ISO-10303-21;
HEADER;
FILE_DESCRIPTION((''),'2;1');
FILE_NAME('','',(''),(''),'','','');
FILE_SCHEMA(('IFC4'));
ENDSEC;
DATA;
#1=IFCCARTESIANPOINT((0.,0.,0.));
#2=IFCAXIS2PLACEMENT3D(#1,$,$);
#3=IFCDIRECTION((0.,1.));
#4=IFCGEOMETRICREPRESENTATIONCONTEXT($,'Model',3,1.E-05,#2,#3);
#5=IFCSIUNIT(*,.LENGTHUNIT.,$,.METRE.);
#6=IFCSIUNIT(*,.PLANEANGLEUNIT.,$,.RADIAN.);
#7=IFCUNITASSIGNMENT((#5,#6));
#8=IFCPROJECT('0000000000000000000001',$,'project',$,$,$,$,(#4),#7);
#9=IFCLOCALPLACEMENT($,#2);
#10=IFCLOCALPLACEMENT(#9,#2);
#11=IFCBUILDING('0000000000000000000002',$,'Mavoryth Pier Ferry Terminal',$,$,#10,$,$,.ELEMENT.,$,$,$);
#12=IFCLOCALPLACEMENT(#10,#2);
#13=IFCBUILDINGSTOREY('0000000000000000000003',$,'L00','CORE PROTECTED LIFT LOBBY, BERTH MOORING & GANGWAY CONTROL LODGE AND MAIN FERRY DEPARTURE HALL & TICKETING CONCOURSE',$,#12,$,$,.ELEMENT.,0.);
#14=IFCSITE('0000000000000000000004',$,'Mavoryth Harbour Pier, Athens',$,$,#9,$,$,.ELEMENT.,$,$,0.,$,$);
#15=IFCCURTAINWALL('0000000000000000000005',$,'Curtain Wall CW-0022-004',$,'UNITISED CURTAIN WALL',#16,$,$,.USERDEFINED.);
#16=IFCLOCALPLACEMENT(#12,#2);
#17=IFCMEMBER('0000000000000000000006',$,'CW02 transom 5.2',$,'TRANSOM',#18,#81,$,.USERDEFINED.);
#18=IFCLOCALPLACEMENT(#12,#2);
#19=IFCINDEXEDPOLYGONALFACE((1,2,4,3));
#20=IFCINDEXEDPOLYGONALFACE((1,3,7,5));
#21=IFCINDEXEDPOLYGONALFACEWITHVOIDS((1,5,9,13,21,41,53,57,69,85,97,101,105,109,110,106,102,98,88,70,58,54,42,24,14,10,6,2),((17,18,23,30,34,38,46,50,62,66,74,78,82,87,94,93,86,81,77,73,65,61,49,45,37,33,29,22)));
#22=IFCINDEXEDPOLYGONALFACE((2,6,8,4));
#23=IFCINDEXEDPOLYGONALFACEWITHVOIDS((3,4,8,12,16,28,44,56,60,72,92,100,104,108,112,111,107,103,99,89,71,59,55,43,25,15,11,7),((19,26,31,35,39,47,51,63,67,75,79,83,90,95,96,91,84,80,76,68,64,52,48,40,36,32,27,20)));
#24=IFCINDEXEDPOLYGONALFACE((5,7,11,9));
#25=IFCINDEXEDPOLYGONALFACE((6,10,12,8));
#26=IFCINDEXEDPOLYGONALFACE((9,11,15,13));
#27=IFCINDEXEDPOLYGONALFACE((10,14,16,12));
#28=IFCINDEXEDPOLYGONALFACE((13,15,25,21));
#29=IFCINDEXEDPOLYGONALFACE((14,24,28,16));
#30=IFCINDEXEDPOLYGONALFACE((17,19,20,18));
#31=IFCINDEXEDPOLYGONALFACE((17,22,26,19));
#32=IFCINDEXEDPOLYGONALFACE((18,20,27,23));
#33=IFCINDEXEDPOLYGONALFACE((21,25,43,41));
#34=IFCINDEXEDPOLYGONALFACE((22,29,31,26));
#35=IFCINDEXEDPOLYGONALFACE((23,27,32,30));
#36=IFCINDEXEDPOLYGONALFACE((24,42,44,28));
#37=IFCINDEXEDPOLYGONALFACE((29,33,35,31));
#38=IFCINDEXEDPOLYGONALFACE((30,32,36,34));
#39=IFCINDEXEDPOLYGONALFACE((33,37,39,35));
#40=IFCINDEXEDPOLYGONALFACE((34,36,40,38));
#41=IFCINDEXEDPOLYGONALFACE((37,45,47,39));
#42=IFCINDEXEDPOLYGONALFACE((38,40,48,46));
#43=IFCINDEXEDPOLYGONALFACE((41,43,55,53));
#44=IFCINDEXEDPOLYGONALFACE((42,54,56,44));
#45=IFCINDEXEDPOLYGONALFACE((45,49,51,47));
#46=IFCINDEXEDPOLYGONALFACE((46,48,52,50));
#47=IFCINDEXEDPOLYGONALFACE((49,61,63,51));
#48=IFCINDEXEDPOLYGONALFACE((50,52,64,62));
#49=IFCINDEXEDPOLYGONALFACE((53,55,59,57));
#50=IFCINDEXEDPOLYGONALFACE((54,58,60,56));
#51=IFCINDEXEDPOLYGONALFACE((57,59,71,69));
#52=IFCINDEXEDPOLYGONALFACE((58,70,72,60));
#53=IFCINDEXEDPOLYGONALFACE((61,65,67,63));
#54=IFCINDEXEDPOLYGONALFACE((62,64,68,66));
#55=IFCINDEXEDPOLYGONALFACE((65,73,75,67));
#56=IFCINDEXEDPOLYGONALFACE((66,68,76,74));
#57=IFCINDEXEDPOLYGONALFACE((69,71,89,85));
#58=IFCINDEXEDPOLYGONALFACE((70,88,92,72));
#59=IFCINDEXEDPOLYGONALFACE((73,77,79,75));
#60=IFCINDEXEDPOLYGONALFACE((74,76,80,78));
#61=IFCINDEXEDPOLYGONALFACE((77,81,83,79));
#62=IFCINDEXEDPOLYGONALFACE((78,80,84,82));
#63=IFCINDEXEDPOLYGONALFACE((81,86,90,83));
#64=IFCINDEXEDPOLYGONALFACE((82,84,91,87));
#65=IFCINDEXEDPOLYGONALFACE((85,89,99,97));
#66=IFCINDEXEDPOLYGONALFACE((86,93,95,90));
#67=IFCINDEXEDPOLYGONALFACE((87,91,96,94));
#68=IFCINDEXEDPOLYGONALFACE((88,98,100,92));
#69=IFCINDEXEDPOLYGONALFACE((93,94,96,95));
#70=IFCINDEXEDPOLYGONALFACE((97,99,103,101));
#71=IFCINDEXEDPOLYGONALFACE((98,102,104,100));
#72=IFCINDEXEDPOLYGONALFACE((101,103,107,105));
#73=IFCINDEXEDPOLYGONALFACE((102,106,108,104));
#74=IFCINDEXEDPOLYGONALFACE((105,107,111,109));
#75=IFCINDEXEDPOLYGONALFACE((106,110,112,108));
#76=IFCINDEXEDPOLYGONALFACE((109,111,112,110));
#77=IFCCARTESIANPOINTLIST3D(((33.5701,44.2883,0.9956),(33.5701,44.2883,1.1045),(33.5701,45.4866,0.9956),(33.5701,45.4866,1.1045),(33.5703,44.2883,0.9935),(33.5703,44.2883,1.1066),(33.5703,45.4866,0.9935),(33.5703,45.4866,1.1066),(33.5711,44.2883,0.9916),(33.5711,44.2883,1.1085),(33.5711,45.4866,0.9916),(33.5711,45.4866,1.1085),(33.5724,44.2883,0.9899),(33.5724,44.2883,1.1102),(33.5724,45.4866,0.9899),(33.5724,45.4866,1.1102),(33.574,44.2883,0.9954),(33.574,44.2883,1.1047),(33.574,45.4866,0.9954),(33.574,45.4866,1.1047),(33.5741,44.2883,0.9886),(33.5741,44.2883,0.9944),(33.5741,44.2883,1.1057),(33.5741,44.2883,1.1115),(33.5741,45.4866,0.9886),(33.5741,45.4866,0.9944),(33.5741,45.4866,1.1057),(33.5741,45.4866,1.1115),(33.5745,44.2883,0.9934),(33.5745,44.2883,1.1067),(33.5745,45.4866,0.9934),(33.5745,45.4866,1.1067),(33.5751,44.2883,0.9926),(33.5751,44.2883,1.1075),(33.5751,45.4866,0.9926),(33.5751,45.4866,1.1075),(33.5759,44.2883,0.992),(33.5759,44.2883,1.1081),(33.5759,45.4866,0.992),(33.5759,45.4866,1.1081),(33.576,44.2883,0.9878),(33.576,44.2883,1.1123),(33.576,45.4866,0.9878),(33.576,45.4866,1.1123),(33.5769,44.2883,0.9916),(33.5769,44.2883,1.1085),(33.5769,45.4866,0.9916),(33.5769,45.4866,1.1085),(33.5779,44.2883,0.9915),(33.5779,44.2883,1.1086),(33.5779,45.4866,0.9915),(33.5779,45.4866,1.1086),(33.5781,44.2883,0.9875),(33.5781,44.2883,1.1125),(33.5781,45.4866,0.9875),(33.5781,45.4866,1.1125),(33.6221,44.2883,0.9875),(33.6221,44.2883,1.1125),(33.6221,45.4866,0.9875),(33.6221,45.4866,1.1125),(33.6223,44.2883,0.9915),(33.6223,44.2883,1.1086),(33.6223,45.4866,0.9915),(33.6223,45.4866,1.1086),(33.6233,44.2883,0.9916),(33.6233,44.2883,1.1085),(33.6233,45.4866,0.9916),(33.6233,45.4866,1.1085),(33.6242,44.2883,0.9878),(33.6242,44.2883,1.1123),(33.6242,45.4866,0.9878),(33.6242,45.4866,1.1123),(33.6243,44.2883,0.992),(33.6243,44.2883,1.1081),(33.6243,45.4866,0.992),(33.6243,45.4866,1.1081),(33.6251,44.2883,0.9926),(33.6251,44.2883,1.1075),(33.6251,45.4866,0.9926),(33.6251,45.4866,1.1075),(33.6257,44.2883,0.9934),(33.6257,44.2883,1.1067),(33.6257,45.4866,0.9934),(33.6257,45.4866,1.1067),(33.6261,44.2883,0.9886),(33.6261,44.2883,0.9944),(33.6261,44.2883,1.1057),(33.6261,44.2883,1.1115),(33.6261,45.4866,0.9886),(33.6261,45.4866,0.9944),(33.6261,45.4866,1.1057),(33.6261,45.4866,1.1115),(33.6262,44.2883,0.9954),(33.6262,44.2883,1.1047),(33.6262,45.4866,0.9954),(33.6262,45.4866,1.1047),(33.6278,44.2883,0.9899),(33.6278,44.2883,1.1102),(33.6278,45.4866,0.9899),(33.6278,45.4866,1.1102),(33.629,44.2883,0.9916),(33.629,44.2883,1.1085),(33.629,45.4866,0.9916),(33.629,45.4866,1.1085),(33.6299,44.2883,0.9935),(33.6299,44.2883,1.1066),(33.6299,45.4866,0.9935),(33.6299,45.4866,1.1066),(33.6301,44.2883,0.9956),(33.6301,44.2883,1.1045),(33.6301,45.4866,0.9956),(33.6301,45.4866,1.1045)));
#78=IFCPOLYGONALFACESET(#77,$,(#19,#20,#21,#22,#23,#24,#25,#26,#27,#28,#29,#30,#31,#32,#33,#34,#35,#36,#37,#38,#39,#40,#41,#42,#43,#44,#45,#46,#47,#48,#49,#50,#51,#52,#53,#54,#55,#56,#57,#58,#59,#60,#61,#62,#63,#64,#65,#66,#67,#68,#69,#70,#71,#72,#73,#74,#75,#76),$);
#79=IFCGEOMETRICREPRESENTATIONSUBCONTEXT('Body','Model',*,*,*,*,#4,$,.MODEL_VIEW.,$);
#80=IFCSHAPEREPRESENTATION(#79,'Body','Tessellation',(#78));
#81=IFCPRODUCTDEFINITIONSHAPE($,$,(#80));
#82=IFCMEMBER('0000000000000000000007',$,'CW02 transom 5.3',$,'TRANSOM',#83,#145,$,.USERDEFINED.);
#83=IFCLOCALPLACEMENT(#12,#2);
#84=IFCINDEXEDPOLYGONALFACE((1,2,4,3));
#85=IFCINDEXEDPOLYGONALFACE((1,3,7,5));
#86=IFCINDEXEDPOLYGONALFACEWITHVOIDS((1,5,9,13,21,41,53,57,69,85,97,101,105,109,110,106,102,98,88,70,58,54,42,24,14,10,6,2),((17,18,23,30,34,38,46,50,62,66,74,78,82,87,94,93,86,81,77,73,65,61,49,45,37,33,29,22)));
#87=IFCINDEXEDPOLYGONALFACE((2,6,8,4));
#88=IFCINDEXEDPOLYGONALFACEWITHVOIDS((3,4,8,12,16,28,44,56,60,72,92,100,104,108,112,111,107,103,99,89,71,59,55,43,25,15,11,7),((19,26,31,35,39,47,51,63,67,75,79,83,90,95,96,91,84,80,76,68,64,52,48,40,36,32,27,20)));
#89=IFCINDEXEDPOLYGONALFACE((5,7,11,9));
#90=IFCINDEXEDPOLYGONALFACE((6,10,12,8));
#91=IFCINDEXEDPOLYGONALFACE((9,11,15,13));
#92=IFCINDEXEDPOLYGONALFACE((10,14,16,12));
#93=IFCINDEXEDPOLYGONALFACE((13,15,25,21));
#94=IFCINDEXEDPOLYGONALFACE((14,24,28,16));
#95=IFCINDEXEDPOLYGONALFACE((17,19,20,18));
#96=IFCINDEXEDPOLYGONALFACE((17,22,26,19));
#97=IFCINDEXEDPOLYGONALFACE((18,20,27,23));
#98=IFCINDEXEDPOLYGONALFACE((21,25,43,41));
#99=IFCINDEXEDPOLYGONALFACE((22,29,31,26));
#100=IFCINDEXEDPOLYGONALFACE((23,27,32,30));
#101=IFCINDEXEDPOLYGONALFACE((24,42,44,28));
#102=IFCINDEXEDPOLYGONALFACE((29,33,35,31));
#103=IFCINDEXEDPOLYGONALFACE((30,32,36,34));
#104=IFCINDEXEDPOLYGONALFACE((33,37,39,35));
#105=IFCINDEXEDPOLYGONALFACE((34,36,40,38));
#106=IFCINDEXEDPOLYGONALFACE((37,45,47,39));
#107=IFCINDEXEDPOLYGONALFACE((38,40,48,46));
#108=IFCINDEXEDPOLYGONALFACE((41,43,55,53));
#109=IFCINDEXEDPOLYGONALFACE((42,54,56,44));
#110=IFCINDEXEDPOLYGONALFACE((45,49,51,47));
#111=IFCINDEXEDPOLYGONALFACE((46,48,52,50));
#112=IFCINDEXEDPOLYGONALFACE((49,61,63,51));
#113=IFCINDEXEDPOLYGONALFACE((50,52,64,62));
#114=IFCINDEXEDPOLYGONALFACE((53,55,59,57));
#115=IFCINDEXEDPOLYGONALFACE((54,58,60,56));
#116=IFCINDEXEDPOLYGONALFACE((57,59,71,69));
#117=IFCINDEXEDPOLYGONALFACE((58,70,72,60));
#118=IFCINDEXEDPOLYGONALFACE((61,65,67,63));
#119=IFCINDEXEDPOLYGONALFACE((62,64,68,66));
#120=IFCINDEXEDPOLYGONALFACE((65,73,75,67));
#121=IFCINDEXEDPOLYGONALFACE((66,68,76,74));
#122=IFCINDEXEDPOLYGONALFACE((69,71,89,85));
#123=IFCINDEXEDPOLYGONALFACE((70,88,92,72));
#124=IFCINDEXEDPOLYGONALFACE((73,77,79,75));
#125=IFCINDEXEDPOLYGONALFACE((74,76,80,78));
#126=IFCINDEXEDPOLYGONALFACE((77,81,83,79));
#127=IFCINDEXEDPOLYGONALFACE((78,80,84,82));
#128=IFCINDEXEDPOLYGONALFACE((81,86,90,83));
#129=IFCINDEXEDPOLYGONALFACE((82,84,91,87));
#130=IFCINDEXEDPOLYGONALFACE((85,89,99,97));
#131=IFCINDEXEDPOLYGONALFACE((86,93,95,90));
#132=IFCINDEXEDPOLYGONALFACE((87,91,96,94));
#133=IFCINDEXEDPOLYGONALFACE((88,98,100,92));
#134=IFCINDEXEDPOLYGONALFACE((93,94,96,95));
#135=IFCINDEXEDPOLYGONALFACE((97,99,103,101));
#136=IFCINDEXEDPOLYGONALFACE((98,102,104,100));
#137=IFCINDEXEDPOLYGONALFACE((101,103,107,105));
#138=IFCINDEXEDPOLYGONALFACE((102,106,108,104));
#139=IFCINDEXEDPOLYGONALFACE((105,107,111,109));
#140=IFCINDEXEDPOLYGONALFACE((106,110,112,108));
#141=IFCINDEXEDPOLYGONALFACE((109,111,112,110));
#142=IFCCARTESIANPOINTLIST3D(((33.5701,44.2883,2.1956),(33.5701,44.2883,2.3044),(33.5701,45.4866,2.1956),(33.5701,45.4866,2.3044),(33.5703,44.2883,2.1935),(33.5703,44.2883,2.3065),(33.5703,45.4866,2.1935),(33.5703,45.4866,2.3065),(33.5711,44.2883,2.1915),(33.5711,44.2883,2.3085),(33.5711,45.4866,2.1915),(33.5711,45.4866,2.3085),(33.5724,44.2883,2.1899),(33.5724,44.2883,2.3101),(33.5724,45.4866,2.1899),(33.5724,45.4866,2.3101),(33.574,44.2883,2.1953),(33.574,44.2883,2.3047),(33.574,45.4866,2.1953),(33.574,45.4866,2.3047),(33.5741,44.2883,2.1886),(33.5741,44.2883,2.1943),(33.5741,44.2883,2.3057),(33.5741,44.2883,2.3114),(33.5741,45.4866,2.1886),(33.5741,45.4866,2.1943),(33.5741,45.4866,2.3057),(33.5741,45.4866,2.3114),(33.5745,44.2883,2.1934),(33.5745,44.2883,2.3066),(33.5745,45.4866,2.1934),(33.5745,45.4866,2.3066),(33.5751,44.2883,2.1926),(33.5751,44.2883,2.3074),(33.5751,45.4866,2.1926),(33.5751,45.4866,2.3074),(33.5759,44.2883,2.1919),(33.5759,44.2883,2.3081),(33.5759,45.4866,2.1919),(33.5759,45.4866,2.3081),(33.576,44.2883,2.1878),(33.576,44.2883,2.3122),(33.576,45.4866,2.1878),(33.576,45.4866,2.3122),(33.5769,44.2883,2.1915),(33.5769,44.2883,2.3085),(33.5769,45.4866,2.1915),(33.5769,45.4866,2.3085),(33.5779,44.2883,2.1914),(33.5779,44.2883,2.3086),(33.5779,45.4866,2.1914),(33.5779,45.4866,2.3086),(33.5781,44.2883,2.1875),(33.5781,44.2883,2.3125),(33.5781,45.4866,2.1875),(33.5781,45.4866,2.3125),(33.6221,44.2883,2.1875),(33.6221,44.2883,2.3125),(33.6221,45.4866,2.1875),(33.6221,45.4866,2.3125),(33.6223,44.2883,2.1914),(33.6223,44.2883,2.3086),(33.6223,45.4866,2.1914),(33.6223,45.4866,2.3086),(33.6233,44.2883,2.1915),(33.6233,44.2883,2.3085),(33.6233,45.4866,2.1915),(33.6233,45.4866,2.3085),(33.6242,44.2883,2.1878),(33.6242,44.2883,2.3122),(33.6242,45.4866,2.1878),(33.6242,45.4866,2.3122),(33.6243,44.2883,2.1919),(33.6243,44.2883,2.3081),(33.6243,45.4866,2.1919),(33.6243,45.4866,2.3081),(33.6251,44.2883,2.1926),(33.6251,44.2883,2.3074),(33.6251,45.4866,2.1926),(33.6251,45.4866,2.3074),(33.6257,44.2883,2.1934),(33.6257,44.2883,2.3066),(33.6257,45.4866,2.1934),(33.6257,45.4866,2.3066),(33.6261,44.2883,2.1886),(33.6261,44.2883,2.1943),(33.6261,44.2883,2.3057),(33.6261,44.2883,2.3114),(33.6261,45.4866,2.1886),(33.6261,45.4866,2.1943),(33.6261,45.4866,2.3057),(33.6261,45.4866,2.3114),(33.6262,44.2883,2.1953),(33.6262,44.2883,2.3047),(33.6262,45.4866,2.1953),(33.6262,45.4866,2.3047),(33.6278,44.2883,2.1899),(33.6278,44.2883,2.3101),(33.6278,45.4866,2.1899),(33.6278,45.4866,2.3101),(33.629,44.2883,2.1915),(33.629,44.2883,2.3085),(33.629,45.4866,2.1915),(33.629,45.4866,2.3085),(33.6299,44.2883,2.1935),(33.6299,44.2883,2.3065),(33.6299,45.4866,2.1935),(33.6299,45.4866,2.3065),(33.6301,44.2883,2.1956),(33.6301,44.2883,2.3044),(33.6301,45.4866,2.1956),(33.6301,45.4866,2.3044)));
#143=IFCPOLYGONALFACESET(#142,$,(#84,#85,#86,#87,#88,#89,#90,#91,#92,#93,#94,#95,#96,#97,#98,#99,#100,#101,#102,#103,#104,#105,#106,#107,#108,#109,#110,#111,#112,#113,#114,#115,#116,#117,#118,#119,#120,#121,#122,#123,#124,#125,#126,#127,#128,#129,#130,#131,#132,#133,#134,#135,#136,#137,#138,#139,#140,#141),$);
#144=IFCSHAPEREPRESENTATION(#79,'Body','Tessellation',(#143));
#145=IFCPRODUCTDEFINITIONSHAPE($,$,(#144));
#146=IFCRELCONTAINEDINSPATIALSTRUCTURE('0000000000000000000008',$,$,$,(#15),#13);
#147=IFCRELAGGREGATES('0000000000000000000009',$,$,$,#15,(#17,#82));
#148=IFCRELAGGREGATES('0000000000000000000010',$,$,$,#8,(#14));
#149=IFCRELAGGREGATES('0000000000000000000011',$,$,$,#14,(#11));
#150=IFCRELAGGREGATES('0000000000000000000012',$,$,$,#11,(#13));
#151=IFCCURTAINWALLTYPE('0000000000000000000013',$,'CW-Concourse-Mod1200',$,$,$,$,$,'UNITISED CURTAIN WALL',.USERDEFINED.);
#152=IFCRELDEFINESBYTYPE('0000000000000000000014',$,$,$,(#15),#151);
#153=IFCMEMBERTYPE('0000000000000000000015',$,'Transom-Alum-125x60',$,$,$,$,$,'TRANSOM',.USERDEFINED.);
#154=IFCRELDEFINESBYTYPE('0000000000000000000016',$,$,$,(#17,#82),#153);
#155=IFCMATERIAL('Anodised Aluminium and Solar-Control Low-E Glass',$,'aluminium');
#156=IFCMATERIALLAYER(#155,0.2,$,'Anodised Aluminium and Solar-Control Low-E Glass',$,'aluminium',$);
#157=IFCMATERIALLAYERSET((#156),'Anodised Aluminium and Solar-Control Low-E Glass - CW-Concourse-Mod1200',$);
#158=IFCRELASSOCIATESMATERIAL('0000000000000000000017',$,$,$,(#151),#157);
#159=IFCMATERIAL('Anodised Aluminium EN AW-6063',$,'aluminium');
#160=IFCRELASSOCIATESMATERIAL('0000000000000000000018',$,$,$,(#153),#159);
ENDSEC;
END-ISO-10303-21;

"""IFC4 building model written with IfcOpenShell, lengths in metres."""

from ifc_helpers import new_model, si_unit, direction, frame, origin, origin_2d, place, context, subcontext, project, spatial, hollow_rectangle, extrude, material, layer, layer_set, material_profile, profile_set, type_object, element, aggregate, save


model = new_model("IFC4")

# Units and contexts
model_context = context("Model", 3, precision=1e-05, world=origin(), true_north=direction((0.0, 1.0)))
body_context = subcontext(model_context, "Body", "Model", "MODEL_VIEW")
ifc_project = project(units=[si_unit("LENGTHUNIT", "METRE"), si_unit("PLANEANGLEUNIT", "RADIAN")], contexts=[model_context])

# Site, building, storey
site_placement = place(None, origin())
site = spatial("IfcSite", under=ifc_project, at=site_placement, Name="Mavoryth Harbour Pier, Athens", CompositionType="ELEMENT", RefElevation=0.0)
building_placement = place(site_placement, origin())
building = spatial("IfcBuilding", under=site, at=building_placement, Name="Mavoryth Pier Ferry Terminal", CompositionType="ELEMENT")
storey_placement = place(building_placement, origin())
storey = spatial("IfcBuildingStorey", under=building, at=storey_placement, Name="L00", Description="CORE PROTECTED LIFT LOBBY, BERTH MOORING & GANGWAY CONTROL LODGE AND MAIN FERRY DEPARTURE HALL & TICKETING CONCOURSE", CompositionType="ELEMENT", Elevation=0.0)

# Curtain wall, members
ifc_material_1 = material(Name="Anodised Aluminium and Solar-Control Low-E Glass", Category="aluminium")
ifc_layer_1 = layer(ifc_material_1, 0.2, Name="Anodised Aluminium and Solar-Control Low-E Glass", Category="aluminium")
ifc_layer_set_1 = layer_set([ifc_layer_1], Name="Anodised Aluminium and Solar-Control Low-E Glass - CW-Concourse-Mod1200")
curtain_wall_type = type_object("IfcCurtainWallType", Name="CW-Concourse-Mod1200", ElementType="UNITISED CURTAIN WALL", PredefinedType="USERDEFINED", material=ifc_layer_set_1)
curtain_wall_placement = place(storey_placement, origin())
curtain_wall = element("IfcCurtainWall", 1, at=curtain_wall_placement, inside=storey, type_object=curtain_wall_type, Name="Curtain Wall CW-0022-004", ObjectType="UNITISED CURTAIN WALL", PredefinedType="USERDEFINED")
ifc_material_2 = material(Name="Anodised Aluminium EN AW-6063", Category="aluminium")
ifc_material_profile_1 = material_profile(ifc_material_2, hollow_rectangle(XDim=0.0601, YDim=0.125, WallThickness=0.0039, InnerFilletRadius=0.0039, OuterFilletRadius=0.0081, at=origin_2d()), Name="AL-TRAN 125x60x4", Category="aluminium")
ifc_profile_set_1 = profile_set([ifc_material_profile_1], Name="Anodised Aluminium EN AW-6063 - AL-TRAN 125x60x4")
member_type_1 = type_object("IfcMemberType", Name="Transom-Alum-125x60", ElementType="TRANSOM", PredefinedType="USERDEFINED", material=ifc_profile_set_1)
member_1_placement = place(storey_placement, frame((33.6001, 44.2883, 1.05), z_axis=(0.0, 1.0, 0.0), x_axis=(-1.0, 0.0, 0.0)))
member_1 = element("IfcMember", 2, at=member_1_placement, type_object=member_type_1, Name="CW02 transom 5.2", ObjectType="TRANSOM", PredefinedType="USERDEFINED", context=body_context, shape_type="SweptSolid", body=[
    extrude(hollow_rectangle(XDim=0.0601, YDim=0.125, WallThickness=0.0039, InnerFilletRadius=0.0039, OuterFilletRadius=0.0081, at=origin_2d()), origin(), (0.0, 0.0, 1.0), 1.1982),
])
member_2_placement = place(storey_placement, frame((33.6001, 44.2883, 2.25), z_axis=(0.0, 1.0, 0.0), x_axis=(-1.0, 0.0, 0.0)))
member_2 = element("IfcMember", 3, at=member_2_placement, type_object=member_type_1, Name="CW02 transom 5.3", ObjectType="TRANSOM", PredefinedType="USERDEFINED", context=body_context, shape_type="SweptSolid", body=[
    extrude(hollow_rectangle(XDim=0.0601, YDim=0.125, WallThickness=0.0039, InnerFilletRadius=0.0039, OuterFilletRadius=0.0081, at=origin_2d()), origin(), (0.0, 0.0, 1.0), 1.1982),
])
aggregate(curtain_wall, [member_1, member_2])

save(model, "model.ifc")
